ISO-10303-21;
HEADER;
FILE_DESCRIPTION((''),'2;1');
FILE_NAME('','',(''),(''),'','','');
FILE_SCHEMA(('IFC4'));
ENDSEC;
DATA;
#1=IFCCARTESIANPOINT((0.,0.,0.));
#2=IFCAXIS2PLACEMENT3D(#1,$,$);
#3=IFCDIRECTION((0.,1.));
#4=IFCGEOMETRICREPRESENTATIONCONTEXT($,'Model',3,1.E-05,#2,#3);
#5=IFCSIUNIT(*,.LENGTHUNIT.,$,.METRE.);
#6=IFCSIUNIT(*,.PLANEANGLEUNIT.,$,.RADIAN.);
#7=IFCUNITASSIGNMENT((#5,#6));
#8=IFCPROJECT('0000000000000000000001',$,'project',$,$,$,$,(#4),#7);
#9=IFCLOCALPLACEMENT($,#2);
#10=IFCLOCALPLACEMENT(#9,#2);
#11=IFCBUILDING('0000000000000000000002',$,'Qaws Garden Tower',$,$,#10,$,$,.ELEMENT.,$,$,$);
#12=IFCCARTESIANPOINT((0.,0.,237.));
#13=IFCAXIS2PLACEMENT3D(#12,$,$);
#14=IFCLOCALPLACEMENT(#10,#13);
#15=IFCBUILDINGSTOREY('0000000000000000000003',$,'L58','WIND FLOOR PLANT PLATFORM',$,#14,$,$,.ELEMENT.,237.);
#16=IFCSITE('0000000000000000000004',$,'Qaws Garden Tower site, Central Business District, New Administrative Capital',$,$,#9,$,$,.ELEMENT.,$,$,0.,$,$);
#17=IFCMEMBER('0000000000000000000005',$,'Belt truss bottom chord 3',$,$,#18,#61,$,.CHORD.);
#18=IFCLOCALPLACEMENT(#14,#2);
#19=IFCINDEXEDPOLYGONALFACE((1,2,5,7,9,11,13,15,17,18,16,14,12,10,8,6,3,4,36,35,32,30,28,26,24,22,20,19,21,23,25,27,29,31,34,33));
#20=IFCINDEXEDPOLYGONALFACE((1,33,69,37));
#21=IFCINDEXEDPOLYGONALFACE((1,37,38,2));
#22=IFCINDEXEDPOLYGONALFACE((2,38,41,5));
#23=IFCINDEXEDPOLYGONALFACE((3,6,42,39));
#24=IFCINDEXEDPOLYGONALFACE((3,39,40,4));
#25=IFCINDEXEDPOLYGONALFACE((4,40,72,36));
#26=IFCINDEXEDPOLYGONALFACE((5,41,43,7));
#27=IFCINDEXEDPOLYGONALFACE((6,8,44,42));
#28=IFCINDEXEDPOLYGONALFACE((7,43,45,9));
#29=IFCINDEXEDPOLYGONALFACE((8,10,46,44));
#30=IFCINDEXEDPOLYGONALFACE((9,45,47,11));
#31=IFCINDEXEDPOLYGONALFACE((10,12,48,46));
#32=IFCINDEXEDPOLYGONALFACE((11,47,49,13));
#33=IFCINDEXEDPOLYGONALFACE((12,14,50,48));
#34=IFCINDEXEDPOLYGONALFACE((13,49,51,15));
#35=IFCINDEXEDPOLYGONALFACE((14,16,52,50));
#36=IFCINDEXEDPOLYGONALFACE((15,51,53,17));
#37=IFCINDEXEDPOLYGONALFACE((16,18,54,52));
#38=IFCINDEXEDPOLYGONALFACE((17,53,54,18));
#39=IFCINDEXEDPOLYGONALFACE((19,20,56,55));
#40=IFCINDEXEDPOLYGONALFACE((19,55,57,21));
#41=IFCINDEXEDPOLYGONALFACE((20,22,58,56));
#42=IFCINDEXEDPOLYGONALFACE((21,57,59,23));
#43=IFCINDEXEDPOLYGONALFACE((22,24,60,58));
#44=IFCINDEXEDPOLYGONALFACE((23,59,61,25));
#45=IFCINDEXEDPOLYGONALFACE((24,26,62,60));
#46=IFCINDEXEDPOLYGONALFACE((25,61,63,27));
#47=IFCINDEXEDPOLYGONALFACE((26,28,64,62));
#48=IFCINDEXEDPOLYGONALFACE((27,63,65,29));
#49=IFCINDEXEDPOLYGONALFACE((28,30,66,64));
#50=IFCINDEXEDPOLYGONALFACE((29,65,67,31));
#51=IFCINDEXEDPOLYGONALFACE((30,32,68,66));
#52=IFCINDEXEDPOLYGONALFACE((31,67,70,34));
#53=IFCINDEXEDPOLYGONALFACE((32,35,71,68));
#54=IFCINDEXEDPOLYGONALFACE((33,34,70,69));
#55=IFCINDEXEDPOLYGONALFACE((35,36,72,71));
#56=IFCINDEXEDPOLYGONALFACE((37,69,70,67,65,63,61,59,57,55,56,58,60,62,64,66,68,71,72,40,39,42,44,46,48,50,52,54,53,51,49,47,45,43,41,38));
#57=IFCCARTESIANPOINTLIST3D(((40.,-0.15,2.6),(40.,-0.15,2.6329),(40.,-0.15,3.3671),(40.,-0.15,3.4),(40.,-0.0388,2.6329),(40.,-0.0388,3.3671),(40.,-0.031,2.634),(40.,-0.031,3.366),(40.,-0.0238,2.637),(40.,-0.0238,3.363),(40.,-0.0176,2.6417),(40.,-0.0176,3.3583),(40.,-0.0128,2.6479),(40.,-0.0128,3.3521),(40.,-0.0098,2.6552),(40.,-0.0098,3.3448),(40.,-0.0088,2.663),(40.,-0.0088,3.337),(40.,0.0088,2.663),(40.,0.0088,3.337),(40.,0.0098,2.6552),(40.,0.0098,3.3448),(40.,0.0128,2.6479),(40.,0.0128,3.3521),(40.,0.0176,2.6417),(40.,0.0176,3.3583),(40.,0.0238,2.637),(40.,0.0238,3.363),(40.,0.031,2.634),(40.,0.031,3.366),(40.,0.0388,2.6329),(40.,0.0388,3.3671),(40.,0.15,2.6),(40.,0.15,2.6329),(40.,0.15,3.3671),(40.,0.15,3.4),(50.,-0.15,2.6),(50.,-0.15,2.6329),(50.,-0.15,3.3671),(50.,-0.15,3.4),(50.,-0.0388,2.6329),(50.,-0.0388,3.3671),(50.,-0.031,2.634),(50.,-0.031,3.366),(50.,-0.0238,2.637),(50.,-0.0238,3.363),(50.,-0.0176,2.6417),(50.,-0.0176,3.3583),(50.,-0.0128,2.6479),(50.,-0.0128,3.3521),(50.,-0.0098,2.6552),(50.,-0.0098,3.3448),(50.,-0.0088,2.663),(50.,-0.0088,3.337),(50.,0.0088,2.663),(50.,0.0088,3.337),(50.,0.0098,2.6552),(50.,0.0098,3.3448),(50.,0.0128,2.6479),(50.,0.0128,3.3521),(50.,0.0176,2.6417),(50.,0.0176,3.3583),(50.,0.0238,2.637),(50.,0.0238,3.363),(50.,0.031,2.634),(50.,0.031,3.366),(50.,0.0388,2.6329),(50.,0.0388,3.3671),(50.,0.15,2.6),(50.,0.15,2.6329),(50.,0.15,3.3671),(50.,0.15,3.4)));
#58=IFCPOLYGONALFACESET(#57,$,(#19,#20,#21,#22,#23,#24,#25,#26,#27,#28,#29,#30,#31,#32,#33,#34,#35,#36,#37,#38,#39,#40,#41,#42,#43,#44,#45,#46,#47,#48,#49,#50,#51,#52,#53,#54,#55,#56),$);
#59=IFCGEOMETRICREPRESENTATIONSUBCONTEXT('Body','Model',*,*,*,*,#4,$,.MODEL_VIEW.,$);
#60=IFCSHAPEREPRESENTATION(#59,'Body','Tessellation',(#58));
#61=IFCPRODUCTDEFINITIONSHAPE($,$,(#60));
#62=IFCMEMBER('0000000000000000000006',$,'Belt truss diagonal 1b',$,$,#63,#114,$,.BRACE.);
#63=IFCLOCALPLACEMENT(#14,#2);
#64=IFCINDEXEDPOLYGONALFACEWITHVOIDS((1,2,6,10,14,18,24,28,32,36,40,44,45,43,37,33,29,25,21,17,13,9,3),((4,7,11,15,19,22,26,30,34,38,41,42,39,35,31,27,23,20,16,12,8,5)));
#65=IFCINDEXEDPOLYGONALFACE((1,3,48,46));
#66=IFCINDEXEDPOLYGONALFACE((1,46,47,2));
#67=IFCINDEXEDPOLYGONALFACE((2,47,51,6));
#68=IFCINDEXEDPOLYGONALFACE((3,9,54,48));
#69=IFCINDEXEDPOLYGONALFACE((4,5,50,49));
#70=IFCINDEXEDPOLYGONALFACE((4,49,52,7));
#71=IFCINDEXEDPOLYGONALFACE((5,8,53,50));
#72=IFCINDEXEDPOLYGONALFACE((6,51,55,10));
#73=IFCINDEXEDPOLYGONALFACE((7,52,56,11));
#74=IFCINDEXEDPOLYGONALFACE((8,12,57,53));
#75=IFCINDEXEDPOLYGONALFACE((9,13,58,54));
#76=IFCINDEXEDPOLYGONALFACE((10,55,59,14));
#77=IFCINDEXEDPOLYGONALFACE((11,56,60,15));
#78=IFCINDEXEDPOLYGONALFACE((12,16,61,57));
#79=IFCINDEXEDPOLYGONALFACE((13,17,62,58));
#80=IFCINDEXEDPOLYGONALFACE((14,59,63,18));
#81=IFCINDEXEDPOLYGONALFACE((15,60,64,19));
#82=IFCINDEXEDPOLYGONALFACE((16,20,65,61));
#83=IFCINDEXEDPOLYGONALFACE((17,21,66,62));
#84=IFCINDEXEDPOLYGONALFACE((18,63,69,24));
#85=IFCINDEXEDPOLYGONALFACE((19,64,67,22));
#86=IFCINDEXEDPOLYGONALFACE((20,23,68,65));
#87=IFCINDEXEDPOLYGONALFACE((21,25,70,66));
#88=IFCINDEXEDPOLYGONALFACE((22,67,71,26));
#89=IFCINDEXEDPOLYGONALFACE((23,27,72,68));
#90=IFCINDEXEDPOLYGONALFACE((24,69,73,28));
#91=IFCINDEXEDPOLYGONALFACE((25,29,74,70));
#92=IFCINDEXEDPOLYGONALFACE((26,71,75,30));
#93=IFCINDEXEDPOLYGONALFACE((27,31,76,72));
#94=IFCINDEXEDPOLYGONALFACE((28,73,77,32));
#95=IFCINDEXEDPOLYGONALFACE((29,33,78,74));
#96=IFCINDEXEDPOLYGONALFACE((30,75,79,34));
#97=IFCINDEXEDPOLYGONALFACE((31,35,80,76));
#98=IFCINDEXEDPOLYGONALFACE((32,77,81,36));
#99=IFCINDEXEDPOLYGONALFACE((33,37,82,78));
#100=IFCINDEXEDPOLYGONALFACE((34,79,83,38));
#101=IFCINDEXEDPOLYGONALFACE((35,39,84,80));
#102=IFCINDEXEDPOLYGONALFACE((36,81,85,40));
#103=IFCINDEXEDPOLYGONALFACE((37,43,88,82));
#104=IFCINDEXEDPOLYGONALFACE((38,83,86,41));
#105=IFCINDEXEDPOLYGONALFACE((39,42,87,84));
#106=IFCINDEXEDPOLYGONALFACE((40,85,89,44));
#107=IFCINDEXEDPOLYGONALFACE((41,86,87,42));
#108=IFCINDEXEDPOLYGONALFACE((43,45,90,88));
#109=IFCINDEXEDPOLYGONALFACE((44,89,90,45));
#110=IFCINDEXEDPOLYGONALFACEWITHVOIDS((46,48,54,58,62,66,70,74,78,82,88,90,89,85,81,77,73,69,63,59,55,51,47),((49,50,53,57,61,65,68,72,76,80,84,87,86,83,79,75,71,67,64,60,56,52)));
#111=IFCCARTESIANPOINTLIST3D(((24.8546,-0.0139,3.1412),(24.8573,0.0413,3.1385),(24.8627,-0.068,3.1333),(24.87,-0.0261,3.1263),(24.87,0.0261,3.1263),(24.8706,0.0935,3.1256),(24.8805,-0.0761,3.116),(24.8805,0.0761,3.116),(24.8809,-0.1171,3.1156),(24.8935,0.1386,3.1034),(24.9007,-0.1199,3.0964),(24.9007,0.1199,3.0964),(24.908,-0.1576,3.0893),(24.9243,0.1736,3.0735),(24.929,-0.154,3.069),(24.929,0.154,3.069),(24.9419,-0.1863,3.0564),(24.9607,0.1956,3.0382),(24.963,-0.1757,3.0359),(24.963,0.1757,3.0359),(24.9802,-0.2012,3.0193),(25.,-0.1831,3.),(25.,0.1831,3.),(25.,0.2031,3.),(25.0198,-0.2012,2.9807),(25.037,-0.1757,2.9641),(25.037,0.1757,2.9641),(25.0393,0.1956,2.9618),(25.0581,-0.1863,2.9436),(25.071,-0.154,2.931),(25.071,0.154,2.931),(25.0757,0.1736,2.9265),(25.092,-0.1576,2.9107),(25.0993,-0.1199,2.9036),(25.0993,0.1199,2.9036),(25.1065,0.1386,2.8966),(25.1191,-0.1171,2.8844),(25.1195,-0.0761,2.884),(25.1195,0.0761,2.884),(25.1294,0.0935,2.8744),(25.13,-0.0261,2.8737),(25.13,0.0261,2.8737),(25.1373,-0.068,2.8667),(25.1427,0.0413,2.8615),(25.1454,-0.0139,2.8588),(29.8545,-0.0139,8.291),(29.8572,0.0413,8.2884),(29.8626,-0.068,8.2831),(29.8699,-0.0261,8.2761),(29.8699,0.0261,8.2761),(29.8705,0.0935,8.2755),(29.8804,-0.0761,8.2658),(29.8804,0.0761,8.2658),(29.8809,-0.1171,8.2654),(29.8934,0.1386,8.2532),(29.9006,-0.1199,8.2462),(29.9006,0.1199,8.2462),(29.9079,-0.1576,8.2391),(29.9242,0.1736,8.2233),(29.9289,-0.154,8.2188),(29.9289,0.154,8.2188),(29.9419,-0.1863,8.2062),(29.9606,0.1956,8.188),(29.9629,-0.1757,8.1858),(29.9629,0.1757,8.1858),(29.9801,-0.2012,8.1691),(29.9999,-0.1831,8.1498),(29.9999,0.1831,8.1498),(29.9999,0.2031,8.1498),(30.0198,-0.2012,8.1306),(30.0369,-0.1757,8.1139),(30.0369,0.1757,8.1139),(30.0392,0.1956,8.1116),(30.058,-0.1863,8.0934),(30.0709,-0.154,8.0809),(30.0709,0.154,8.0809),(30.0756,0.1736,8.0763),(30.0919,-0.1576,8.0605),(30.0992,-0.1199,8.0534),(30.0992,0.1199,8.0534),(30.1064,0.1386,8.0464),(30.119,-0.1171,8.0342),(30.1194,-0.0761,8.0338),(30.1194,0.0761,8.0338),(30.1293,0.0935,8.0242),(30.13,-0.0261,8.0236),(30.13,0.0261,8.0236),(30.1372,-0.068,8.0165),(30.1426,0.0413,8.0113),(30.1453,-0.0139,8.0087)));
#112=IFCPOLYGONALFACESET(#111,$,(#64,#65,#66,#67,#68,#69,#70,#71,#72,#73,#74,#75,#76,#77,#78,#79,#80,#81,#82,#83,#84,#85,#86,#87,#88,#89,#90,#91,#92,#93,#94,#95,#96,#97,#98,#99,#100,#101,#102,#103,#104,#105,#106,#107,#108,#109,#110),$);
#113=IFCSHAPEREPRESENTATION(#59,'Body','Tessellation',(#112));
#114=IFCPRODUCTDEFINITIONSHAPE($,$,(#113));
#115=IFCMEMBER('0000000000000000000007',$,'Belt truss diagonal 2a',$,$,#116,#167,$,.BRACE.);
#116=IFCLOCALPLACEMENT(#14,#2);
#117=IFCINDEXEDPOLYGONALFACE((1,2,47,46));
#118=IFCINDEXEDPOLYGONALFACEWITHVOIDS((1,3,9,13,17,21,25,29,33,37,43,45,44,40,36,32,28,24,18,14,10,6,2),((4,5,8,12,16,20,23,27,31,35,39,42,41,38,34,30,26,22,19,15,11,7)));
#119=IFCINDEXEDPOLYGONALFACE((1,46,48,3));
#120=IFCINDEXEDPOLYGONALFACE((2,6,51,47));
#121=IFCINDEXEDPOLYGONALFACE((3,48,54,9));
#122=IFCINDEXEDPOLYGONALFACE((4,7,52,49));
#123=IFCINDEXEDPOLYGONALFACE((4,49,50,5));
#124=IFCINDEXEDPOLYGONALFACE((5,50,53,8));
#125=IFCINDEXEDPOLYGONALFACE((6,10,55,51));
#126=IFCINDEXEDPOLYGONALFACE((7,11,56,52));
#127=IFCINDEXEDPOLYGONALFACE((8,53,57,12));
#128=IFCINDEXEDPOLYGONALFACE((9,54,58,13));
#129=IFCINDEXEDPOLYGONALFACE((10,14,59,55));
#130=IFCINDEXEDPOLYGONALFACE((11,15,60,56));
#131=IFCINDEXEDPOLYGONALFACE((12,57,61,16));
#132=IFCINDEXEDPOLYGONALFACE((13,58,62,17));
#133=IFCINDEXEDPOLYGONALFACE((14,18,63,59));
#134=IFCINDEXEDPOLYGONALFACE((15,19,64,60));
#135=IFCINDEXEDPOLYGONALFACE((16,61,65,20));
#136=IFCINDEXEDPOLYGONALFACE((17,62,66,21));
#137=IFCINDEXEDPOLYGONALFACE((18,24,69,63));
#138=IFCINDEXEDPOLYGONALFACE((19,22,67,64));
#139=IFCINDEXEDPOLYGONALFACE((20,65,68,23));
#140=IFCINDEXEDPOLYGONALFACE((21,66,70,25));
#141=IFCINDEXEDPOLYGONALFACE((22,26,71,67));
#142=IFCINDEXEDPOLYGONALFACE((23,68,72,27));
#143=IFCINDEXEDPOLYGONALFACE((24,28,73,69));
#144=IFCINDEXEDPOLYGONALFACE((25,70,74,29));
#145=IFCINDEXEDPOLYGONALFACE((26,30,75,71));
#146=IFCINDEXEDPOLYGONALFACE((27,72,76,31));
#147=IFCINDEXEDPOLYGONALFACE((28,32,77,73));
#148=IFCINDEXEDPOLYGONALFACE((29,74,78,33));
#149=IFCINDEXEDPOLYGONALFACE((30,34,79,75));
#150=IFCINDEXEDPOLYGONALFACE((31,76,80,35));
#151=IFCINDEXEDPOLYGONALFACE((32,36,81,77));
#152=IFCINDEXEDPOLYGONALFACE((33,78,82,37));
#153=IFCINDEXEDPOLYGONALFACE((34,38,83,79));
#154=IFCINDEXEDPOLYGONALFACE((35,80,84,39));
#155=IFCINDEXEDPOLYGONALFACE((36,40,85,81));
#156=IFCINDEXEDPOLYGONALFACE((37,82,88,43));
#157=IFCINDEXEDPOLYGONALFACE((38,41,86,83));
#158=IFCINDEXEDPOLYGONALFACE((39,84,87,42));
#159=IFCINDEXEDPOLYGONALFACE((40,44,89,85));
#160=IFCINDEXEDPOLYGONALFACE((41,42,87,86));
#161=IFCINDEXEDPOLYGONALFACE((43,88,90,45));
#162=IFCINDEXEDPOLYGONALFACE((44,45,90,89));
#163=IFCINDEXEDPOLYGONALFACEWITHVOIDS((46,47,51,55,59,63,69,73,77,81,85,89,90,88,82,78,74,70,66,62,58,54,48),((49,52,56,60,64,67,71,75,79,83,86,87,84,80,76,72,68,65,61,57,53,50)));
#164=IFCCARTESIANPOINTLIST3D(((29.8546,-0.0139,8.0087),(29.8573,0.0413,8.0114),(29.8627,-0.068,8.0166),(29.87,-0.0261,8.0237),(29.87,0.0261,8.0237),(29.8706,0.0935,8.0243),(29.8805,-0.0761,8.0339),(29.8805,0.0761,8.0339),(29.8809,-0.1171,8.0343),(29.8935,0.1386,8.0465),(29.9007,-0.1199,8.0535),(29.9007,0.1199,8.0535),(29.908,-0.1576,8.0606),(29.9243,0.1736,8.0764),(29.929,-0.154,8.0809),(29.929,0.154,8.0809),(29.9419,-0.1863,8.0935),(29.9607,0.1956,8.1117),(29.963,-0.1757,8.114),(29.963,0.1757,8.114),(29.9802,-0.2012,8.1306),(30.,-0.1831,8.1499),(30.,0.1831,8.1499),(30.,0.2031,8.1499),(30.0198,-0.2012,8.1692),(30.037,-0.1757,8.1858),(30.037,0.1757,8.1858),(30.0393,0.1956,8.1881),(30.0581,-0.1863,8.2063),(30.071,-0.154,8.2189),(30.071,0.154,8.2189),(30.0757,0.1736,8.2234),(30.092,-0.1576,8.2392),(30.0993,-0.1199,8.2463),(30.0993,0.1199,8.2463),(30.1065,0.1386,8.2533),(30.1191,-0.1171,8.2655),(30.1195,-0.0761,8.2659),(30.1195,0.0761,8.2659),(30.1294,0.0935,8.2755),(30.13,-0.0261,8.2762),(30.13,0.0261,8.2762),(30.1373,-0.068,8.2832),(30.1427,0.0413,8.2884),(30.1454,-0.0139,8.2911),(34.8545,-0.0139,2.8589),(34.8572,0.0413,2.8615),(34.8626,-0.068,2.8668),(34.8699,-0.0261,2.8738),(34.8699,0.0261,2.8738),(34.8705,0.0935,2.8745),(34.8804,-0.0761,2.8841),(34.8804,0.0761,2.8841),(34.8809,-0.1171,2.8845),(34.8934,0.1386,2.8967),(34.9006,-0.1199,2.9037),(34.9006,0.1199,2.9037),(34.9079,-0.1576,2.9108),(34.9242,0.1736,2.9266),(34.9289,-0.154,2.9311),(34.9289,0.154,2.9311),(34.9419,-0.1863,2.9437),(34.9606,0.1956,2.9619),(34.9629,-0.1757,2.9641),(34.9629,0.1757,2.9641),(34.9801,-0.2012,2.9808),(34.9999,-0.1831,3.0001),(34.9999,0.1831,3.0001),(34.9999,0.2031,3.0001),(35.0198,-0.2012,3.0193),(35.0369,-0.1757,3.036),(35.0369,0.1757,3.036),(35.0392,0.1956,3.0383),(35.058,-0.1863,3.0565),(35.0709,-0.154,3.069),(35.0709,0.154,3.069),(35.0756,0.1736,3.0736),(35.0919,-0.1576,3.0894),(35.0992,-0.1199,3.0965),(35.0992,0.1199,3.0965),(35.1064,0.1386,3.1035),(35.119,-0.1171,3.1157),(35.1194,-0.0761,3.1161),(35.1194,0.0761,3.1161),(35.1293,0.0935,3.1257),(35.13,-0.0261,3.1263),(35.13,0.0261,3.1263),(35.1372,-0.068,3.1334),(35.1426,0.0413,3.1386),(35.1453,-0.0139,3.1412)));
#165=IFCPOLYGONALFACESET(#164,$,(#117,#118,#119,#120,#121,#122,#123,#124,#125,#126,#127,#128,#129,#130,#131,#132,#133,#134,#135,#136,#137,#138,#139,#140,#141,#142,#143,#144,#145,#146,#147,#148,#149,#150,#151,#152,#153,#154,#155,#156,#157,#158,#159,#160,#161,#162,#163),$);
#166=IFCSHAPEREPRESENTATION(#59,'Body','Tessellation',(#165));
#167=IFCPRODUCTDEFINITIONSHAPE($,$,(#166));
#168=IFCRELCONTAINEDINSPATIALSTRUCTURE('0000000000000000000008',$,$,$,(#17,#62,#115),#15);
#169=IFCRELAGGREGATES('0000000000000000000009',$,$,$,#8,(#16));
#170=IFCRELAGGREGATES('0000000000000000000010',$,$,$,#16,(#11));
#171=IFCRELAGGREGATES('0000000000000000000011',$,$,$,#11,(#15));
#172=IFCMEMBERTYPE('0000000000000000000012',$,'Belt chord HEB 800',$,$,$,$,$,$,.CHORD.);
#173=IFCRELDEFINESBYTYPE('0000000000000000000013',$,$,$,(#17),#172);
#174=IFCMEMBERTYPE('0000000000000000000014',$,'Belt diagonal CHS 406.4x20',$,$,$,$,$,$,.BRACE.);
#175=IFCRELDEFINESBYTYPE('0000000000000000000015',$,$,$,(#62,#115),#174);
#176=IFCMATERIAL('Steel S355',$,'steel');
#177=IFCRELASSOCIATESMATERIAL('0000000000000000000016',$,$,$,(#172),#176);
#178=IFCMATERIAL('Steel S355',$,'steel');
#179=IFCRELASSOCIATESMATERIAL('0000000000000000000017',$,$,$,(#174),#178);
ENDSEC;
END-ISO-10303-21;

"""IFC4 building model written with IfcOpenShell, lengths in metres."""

from ifc_helpers import new_model, si_unit, direction, frame, origin, origin_2d, place, context, subcontext, project, spatial, hollow_circle, i_section, extrude, material, material_profile, profile_set, type_object, element, save


model = new_model("IFC4")

# Units and contexts
model_context = context("Model", 3, precision=1e-05, world=origin(), true_north=direction((0.0, 1.0)))
body_context = subcontext(model_context, "Body", "Model", "MODEL_VIEW")
ifc_project = project(units=[si_unit("LENGTHUNIT", "METRE"), si_unit("PLANEANGLEUNIT", "RADIAN")], contexts=[model_context])

# Site, building, storey
site_placement = place(None, origin())
site = spatial("IfcSite", under=ifc_project, at=site_placement, Name="Qaws Garden Tower site, Central Business District, New Administrative Capital", CompositionType="ELEMENT", RefElevation=0.0)
building_placement = place(site_placement, origin())
building = spatial("IfcBuilding", under=site, at=building_placement, Name="Qaws Garden Tower", CompositionType="ELEMENT")
storey_placement = place(building_placement, frame((0.0, 0.0, 237.0)))
storey = spatial("IfcBuildingStorey", under=building, at=storey_placement, Name="L58", Description="WIND FLOOR PLANT PLATFORM", CompositionType="ELEMENT", Elevation=237.0)

# Members
ifc_material_1 = material(Name="Steel S355", Category="steel")
ifc_material_profile_1 = material_profile(ifc_material_1, i_section(OverallWidth=0.3, OverallDepth=0.8, WebThickness=0.0176, FlangeThickness=0.033, FilletRadius=0.03, at=origin_2d()), Name="HEB 800")
ifc_profile_set_1 = profile_set([ifc_material_profile_1], Name="Steel S355")
member_type_1 = type_object("IfcMemberType", Name="Belt chord HEB 800", PredefinedType="CHORD", material=ifc_profile_set_1)
for number, where, z_axis, x_axis, name in (
    (1, (40.0, 0.0, 3.0), (1.0, 0.0, 0.0), (0.0, 1.0, 0.0), "Belt truss bottom chord 3"),
):
    element("IfcMember", number, at=place(storey_placement, frame(where, z_axis=z_axis, x_axis=x_axis)), inside=storey, type_object=member_type_1, Name=name, PredefinedType="CHORD", context=body_context, shape_type="SweptSolid", body=[
        extrude(i_section(OverallWidth=0.3, OverallDepth=0.8, WebThickness=0.0176, FlangeThickness=0.033, FilletRadius=0.03, at=origin_2d()), origin(), (0.0, 0.0, 1.0), 10.0),
    ])
ifc_material_2 = material(Name="Steel S355", Category="steel")
ifc_material_profile_2 = material_profile(ifc_material_2, hollow_circle(Radius=0.2031, WallThickness=0.02, at=origin_2d()), Name="CHS 406.4x20")
ifc_profile_set_2 = profile_set([ifc_material_profile_2], Name="Steel S355")
member_type_2 = type_object("IfcMemberType", Name="Belt diagonal CHS 406.4x20", PredefinedType="BRACE", material=ifc_profile_set_2)
for number, where, z_axis, x_axis, name in (
    (2, (25.0, 0.0, 3.0), (0.696588, 0.0, 0.717472), (0.0, 1.0, 0.0), "Belt truss diagonal 1b"),
    (3, (30.0, 0.0, 8.1499), (0.696588, 0.0, -0.717472), (0.0, 1.0, 0.0), "Belt truss diagonal 2a"),
):
    element("IfcMember", number, at=place(storey_placement, frame(where, z_axis=z_axis, x_axis=x_axis)), inside=storey, type_object=member_type_2, Name=name, PredefinedType="BRACE", context=body_context, shape_type="SweptSolid", body=[
        extrude(hollow_circle(Radius=0.2031, WallThickness=0.02, at=origin_2d()), origin(), (0.0, 0.0, 1.0), 7.1777),
    ])

save(model, "model.ifc")
